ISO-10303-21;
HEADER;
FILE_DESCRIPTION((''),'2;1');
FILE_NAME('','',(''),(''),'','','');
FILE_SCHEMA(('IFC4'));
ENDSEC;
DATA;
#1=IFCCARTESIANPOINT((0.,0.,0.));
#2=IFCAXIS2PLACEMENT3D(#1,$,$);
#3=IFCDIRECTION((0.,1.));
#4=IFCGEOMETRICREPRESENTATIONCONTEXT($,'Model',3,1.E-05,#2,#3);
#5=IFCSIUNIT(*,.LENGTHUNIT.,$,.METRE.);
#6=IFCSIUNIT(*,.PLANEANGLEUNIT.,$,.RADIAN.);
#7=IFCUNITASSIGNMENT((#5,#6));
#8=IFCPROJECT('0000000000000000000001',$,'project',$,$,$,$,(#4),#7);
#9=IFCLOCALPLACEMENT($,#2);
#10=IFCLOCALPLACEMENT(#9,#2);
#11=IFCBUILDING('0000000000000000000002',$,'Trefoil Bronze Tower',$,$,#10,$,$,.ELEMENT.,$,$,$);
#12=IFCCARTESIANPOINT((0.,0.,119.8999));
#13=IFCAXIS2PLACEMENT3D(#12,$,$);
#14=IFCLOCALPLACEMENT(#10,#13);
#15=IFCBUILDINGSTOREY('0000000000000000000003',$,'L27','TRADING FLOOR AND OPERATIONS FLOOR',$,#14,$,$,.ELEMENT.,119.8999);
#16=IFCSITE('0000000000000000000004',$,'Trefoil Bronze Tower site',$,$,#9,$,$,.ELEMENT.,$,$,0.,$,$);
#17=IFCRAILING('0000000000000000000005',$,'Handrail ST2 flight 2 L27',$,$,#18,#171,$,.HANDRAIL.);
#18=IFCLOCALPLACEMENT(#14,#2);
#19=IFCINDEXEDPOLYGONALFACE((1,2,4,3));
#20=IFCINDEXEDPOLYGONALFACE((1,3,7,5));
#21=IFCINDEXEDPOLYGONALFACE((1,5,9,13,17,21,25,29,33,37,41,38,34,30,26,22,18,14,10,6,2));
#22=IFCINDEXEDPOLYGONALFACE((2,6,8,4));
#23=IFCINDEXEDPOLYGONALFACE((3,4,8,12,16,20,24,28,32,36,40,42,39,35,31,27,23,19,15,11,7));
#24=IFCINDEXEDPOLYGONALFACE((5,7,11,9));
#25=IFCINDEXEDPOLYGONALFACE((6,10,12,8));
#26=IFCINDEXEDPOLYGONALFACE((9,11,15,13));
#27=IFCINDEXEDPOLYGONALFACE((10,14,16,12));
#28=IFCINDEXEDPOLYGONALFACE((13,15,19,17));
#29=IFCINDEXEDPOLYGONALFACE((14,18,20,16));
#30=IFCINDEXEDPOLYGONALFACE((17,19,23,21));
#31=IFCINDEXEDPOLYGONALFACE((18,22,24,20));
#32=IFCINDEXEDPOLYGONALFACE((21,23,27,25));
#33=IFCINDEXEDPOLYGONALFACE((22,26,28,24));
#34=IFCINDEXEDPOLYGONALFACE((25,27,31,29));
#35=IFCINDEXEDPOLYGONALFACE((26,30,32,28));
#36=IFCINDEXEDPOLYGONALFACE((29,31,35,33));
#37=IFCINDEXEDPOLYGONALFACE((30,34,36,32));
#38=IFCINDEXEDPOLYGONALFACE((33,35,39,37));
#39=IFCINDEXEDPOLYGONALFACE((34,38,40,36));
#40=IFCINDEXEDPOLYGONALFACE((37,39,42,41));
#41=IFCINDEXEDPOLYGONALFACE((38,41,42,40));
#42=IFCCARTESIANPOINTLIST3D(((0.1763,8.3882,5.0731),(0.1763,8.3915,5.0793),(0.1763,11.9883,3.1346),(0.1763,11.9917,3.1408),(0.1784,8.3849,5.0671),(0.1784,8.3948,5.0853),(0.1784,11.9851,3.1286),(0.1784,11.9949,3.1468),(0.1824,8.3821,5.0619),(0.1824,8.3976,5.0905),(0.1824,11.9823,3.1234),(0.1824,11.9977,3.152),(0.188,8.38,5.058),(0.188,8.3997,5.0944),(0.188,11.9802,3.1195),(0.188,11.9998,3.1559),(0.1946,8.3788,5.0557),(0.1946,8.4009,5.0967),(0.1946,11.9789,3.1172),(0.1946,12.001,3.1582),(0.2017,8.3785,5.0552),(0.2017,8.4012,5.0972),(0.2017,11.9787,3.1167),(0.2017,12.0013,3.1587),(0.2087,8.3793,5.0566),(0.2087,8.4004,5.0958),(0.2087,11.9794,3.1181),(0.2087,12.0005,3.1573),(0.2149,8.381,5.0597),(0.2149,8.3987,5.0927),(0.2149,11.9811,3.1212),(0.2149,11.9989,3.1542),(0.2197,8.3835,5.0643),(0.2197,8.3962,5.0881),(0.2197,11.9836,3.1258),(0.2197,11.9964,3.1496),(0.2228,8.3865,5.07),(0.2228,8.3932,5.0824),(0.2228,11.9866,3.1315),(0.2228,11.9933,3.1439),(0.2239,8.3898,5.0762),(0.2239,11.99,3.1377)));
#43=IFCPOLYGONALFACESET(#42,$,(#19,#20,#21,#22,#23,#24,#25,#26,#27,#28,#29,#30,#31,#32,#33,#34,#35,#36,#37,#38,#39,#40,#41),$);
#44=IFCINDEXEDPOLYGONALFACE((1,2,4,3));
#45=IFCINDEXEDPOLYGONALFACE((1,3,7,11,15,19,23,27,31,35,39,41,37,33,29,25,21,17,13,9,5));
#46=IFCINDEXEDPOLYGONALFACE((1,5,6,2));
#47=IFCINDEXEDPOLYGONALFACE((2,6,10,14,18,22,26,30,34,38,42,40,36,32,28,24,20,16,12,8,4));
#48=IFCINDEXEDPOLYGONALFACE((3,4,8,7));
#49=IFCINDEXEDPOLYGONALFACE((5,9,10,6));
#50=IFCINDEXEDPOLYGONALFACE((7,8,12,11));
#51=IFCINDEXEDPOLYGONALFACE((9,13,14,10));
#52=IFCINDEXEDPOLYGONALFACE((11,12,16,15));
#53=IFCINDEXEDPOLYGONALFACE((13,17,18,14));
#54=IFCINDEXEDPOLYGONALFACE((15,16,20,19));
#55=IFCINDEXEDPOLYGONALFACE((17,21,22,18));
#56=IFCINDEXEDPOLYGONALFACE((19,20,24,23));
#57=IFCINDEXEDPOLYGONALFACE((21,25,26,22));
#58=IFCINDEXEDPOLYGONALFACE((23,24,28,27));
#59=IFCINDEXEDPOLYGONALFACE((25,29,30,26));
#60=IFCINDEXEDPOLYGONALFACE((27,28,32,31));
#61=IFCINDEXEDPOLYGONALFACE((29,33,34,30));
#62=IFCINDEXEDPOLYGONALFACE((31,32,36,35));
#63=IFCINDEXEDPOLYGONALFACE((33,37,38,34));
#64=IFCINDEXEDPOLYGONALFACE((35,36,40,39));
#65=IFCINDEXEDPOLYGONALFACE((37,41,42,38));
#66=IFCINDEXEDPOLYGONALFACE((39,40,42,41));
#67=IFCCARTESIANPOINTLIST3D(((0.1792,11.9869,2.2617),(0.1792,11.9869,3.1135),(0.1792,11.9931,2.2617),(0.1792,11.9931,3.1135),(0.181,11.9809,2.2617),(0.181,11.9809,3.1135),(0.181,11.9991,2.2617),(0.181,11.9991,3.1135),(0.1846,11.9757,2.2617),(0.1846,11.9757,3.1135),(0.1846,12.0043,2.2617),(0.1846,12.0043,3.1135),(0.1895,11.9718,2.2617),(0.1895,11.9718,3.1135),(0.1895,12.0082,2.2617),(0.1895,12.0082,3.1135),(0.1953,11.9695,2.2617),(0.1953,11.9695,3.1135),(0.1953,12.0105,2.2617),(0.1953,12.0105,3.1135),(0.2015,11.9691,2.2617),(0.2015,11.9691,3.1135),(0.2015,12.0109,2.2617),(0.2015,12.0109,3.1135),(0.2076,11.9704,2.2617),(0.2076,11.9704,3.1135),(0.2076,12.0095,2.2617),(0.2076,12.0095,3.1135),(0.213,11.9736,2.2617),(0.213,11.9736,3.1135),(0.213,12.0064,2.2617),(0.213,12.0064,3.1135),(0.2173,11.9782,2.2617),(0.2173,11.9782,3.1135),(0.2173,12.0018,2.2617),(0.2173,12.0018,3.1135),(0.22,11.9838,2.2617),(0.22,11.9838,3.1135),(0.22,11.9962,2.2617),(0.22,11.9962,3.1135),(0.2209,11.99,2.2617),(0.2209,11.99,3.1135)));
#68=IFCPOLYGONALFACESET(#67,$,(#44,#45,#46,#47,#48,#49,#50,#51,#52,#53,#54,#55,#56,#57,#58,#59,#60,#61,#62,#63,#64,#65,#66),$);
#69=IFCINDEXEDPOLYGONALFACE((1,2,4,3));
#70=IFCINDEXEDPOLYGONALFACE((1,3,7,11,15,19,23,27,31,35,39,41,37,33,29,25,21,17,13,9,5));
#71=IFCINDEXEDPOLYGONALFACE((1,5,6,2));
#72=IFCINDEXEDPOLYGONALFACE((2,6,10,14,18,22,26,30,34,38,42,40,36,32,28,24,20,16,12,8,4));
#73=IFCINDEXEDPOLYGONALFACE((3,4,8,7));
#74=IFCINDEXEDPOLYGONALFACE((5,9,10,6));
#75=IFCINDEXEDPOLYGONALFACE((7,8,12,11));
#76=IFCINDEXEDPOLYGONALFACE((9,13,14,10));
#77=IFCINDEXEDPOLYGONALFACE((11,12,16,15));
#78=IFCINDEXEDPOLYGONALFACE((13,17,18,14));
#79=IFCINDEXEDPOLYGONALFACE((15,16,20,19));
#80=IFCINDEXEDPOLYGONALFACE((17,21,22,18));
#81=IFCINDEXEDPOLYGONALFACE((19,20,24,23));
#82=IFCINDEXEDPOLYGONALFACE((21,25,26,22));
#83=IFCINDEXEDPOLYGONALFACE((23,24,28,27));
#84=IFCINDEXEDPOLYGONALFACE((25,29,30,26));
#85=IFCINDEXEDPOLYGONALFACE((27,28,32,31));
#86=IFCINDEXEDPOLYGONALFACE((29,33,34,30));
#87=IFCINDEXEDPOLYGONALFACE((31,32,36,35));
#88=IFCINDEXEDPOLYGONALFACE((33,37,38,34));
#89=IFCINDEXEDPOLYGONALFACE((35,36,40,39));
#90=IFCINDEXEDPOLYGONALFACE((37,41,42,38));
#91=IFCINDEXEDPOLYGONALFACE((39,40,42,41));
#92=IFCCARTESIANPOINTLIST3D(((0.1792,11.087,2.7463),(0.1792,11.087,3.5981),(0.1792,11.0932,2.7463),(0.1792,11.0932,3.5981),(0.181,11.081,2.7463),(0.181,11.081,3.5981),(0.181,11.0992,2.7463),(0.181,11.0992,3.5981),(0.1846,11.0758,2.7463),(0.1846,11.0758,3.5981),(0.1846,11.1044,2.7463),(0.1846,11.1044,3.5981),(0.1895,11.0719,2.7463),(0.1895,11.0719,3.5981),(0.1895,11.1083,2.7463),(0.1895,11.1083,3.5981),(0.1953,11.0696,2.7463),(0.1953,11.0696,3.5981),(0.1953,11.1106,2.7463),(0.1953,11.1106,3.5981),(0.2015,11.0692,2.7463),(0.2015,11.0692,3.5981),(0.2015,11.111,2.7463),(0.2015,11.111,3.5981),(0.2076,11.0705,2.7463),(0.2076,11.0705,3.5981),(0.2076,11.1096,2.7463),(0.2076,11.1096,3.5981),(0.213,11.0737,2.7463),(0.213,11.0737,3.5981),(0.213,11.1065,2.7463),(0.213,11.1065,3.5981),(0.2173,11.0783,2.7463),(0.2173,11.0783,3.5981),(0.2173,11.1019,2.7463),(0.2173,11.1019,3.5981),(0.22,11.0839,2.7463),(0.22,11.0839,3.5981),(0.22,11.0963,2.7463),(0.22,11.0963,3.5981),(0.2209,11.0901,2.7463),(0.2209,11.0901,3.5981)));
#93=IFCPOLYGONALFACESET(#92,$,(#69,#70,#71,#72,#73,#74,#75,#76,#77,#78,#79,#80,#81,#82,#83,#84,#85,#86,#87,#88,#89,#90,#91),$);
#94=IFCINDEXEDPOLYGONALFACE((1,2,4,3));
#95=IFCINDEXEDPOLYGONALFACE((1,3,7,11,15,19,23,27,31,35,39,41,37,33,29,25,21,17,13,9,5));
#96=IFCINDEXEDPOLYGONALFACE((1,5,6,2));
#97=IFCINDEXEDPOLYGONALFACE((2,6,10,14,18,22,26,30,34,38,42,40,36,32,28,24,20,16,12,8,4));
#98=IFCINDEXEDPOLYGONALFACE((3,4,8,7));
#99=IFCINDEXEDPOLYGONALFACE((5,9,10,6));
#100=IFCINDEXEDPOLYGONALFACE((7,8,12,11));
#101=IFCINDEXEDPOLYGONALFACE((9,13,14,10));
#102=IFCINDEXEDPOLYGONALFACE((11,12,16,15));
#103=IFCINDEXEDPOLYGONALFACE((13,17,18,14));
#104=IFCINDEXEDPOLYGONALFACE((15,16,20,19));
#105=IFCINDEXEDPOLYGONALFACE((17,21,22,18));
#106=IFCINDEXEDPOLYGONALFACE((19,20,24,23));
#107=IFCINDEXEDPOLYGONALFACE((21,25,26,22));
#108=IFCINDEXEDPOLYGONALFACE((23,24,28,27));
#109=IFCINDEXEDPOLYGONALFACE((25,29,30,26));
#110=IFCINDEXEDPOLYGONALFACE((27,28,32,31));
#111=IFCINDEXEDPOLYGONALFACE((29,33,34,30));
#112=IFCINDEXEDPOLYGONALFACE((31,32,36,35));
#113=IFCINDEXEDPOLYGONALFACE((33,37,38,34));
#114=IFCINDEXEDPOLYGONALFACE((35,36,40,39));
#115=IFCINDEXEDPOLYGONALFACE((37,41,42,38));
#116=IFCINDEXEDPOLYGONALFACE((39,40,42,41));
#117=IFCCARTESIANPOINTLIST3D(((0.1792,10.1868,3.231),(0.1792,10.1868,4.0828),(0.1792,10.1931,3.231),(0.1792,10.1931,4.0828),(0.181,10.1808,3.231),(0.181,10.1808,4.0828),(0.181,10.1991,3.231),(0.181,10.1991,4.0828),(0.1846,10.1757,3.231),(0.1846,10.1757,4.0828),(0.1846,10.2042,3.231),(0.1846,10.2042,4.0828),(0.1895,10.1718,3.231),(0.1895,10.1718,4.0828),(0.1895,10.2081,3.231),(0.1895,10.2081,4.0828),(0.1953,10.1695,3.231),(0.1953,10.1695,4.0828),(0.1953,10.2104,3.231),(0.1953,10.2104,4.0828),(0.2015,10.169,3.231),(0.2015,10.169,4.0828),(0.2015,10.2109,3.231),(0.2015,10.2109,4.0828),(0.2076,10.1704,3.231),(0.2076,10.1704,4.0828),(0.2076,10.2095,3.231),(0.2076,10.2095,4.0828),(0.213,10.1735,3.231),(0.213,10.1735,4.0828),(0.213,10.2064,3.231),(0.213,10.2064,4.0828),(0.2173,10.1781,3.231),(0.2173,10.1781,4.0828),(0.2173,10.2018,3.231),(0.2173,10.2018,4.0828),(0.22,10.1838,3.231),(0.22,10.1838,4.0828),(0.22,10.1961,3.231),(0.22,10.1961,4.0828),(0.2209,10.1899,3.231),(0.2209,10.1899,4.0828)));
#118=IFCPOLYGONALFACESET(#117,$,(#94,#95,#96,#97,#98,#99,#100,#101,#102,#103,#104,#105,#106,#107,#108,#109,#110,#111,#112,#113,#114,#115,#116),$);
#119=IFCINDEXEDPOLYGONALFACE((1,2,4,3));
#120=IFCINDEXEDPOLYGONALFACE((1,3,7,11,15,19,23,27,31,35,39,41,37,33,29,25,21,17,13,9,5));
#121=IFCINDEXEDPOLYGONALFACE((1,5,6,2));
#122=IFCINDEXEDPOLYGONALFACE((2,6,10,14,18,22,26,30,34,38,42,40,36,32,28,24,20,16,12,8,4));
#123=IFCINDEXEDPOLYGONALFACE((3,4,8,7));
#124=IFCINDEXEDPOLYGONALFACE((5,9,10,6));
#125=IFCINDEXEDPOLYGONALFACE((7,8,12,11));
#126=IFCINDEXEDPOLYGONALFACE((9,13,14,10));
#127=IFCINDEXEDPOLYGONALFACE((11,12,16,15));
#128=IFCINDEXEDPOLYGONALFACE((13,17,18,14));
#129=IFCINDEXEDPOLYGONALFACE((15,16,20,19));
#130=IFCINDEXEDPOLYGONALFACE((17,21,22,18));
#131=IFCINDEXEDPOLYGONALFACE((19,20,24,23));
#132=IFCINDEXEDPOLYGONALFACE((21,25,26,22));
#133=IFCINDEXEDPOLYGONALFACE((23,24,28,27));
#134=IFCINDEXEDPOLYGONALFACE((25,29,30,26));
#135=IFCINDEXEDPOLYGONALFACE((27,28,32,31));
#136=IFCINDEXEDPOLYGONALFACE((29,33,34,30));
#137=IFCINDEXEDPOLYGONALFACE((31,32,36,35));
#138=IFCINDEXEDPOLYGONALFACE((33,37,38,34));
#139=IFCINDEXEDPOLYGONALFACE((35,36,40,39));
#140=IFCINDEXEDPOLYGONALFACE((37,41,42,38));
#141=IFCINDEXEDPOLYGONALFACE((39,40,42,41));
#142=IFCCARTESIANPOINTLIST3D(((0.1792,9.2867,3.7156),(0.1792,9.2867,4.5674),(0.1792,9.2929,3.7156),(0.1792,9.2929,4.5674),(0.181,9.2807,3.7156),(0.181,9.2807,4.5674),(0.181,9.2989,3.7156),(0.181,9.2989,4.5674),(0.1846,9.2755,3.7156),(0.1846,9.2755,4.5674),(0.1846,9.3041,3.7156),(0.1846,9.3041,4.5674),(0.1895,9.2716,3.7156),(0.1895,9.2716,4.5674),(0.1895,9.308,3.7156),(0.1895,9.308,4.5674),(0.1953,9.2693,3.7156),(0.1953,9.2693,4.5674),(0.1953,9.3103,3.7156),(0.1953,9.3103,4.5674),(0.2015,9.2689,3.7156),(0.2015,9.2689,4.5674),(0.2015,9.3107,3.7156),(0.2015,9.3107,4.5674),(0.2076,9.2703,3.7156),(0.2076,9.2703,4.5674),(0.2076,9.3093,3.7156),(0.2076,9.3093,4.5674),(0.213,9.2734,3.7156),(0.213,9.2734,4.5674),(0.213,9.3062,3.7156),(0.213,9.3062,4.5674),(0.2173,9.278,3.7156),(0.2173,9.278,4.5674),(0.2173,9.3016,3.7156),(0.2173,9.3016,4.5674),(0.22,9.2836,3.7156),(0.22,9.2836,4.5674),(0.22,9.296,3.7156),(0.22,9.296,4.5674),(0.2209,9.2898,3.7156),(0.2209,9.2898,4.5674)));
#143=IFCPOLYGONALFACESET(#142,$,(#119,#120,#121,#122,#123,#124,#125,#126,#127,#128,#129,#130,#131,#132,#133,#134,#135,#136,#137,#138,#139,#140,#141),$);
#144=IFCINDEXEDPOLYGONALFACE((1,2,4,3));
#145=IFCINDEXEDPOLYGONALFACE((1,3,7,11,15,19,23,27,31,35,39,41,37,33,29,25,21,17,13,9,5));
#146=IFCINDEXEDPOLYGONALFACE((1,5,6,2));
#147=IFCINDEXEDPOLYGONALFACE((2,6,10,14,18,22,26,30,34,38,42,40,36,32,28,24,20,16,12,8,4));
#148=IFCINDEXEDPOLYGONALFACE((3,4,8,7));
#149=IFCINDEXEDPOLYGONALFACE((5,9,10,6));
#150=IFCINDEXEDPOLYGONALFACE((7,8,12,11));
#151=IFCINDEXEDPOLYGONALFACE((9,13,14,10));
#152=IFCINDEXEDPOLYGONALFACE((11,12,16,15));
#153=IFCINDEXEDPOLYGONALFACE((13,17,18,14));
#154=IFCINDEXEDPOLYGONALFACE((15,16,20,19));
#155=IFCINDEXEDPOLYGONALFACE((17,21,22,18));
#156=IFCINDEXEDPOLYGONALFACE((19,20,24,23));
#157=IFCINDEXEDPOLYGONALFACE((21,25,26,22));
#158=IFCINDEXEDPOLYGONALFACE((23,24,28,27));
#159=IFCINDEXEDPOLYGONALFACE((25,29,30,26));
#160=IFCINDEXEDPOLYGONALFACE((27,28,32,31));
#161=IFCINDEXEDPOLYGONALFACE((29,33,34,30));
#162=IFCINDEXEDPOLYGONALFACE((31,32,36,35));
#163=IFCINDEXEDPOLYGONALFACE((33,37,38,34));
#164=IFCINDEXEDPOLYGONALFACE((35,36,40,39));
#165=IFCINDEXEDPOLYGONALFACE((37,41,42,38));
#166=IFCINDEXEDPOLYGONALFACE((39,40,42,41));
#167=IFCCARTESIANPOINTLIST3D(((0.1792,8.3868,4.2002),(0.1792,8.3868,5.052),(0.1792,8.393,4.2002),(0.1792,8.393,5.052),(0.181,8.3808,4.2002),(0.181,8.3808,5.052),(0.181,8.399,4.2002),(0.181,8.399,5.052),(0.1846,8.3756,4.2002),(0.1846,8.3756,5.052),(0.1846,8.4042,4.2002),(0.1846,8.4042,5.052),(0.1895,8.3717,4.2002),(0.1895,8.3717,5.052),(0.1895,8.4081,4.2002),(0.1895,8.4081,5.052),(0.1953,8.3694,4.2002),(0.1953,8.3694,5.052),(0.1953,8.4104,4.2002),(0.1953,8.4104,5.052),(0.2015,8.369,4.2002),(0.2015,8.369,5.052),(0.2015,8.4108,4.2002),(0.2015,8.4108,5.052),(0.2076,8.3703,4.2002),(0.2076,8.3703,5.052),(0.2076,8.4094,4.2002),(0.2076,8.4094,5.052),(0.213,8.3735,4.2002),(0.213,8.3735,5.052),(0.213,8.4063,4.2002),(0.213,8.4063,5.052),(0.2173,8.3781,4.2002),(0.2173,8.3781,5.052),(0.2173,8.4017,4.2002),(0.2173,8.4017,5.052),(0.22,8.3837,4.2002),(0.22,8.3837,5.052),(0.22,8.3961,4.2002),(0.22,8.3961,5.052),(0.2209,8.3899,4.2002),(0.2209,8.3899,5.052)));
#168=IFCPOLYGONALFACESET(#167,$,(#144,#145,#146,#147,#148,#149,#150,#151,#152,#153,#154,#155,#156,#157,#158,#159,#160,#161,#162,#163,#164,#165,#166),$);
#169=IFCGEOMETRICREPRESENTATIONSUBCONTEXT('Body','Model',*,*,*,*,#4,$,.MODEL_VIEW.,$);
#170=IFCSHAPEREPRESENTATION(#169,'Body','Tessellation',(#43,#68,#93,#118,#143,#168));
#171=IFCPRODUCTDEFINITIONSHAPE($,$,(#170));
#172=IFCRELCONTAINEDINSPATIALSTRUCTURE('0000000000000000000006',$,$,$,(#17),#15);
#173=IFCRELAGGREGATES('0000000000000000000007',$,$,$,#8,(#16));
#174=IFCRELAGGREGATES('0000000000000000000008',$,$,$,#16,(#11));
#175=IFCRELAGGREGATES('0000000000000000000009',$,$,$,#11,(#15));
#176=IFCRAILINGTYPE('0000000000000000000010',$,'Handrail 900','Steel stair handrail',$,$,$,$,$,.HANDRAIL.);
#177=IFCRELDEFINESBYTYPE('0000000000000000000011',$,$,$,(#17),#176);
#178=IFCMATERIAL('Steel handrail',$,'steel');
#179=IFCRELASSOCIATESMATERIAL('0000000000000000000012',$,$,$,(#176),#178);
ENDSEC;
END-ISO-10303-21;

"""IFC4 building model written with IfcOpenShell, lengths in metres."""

from ifc_helpers import new_model, si_unit, direction, frame, origin, origin_2d, place, context, subcontext, project, spatial, circle, extrude, material, type_object, element, save


model = new_model("IFC4")

# Units and contexts
model_context = context("Model", 3, precision=1e-05, world=origin(), true_north=direction((0.0, 1.0)))
body_context = subcontext(model_context, "Body", "Model", "MODEL_VIEW")
ifc_project = project(units=[si_unit("LENGTHUNIT", "METRE"), si_unit("PLANEANGLEUNIT", "RADIAN")], contexts=[model_context])

# Site, building, storey
site_placement = place(None, origin())
site = spatial("IfcSite", under=ifc_project, at=site_placement, Name="Trefoil Bronze Tower site", CompositionType="ELEMENT", RefElevation=0.0)
building_placement = place(site_placement, origin())
building = spatial("IfcBuilding", under=site, at=building_placement, Name="Trefoil Bronze Tower", CompositionType="ELEMENT")
storey_placement = place(building_placement, frame((0.0, 0.0, 119.8999)))
storey = spatial("IfcBuildingStorey", under=building, at=storey_placement, Name="L27", Description="TRADING FLOOR AND OPERATIONS FLOOR", CompositionType="ELEMENT", Elevation=119.8999)

# Railing
ifc_material_1 = material(Name="Steel handrail", Category="steel")
railing_type = type_object("IfcRailingType", Name="Handrail 900", Description="Steel stair handrail", PredefinedType="HANDRAIL", material=ifc_material_1)
railing_placement = place(storey_placement, frame((0.2, 11.99, 2.2617)))
element("IfcRailing", 1, at=railing_placement, inside=storey, type_object=railing_type, Name="Handrail ST2 flight 2 L27", PredefinedType="HANDRAIL", context=body_context, shape_type="SweptSolid", body=[
    extrude(circle(Radius=0.0239, at=origin_2d()), frame((0.0, 0.0, 0.876), z_axis=(0.0, -0.880475, 0.474093), x_axis=(1.0, 0.0, 0.0)), (0.0, 0.0, 1.0), 4.0889),
    extrude(circle(Radius=0.021, at=origin_2d()), origin(), (0.0, 0.0, 1.0), 0.8518),
    extrude(circle(Radius=0.021, at=origin_2d()), frame((0.0, -0.8999, 0.4846)), (0.0, 0.0, 1.0), 0.8518),
    extrude(circle(Radius=0.021, at=origin_2d()), frame((0.0, -1.8, 0.9692)), (0.0, 0.0, 1.0), 0.8518),
    extrude(circle(Radius=0.021, at=origin_2d()), frame((0.0, -2.7002, 1.4539)), (0.0, 0.0, 1.0), 0.8518),
    extrude(circle(Radius=0.021, at=origin_2d()), frame((0.0, -3.6001, 1.9385)), (0.0, 0.0, 1.0), 0.8518),
])

save(model, "model.ifc")
